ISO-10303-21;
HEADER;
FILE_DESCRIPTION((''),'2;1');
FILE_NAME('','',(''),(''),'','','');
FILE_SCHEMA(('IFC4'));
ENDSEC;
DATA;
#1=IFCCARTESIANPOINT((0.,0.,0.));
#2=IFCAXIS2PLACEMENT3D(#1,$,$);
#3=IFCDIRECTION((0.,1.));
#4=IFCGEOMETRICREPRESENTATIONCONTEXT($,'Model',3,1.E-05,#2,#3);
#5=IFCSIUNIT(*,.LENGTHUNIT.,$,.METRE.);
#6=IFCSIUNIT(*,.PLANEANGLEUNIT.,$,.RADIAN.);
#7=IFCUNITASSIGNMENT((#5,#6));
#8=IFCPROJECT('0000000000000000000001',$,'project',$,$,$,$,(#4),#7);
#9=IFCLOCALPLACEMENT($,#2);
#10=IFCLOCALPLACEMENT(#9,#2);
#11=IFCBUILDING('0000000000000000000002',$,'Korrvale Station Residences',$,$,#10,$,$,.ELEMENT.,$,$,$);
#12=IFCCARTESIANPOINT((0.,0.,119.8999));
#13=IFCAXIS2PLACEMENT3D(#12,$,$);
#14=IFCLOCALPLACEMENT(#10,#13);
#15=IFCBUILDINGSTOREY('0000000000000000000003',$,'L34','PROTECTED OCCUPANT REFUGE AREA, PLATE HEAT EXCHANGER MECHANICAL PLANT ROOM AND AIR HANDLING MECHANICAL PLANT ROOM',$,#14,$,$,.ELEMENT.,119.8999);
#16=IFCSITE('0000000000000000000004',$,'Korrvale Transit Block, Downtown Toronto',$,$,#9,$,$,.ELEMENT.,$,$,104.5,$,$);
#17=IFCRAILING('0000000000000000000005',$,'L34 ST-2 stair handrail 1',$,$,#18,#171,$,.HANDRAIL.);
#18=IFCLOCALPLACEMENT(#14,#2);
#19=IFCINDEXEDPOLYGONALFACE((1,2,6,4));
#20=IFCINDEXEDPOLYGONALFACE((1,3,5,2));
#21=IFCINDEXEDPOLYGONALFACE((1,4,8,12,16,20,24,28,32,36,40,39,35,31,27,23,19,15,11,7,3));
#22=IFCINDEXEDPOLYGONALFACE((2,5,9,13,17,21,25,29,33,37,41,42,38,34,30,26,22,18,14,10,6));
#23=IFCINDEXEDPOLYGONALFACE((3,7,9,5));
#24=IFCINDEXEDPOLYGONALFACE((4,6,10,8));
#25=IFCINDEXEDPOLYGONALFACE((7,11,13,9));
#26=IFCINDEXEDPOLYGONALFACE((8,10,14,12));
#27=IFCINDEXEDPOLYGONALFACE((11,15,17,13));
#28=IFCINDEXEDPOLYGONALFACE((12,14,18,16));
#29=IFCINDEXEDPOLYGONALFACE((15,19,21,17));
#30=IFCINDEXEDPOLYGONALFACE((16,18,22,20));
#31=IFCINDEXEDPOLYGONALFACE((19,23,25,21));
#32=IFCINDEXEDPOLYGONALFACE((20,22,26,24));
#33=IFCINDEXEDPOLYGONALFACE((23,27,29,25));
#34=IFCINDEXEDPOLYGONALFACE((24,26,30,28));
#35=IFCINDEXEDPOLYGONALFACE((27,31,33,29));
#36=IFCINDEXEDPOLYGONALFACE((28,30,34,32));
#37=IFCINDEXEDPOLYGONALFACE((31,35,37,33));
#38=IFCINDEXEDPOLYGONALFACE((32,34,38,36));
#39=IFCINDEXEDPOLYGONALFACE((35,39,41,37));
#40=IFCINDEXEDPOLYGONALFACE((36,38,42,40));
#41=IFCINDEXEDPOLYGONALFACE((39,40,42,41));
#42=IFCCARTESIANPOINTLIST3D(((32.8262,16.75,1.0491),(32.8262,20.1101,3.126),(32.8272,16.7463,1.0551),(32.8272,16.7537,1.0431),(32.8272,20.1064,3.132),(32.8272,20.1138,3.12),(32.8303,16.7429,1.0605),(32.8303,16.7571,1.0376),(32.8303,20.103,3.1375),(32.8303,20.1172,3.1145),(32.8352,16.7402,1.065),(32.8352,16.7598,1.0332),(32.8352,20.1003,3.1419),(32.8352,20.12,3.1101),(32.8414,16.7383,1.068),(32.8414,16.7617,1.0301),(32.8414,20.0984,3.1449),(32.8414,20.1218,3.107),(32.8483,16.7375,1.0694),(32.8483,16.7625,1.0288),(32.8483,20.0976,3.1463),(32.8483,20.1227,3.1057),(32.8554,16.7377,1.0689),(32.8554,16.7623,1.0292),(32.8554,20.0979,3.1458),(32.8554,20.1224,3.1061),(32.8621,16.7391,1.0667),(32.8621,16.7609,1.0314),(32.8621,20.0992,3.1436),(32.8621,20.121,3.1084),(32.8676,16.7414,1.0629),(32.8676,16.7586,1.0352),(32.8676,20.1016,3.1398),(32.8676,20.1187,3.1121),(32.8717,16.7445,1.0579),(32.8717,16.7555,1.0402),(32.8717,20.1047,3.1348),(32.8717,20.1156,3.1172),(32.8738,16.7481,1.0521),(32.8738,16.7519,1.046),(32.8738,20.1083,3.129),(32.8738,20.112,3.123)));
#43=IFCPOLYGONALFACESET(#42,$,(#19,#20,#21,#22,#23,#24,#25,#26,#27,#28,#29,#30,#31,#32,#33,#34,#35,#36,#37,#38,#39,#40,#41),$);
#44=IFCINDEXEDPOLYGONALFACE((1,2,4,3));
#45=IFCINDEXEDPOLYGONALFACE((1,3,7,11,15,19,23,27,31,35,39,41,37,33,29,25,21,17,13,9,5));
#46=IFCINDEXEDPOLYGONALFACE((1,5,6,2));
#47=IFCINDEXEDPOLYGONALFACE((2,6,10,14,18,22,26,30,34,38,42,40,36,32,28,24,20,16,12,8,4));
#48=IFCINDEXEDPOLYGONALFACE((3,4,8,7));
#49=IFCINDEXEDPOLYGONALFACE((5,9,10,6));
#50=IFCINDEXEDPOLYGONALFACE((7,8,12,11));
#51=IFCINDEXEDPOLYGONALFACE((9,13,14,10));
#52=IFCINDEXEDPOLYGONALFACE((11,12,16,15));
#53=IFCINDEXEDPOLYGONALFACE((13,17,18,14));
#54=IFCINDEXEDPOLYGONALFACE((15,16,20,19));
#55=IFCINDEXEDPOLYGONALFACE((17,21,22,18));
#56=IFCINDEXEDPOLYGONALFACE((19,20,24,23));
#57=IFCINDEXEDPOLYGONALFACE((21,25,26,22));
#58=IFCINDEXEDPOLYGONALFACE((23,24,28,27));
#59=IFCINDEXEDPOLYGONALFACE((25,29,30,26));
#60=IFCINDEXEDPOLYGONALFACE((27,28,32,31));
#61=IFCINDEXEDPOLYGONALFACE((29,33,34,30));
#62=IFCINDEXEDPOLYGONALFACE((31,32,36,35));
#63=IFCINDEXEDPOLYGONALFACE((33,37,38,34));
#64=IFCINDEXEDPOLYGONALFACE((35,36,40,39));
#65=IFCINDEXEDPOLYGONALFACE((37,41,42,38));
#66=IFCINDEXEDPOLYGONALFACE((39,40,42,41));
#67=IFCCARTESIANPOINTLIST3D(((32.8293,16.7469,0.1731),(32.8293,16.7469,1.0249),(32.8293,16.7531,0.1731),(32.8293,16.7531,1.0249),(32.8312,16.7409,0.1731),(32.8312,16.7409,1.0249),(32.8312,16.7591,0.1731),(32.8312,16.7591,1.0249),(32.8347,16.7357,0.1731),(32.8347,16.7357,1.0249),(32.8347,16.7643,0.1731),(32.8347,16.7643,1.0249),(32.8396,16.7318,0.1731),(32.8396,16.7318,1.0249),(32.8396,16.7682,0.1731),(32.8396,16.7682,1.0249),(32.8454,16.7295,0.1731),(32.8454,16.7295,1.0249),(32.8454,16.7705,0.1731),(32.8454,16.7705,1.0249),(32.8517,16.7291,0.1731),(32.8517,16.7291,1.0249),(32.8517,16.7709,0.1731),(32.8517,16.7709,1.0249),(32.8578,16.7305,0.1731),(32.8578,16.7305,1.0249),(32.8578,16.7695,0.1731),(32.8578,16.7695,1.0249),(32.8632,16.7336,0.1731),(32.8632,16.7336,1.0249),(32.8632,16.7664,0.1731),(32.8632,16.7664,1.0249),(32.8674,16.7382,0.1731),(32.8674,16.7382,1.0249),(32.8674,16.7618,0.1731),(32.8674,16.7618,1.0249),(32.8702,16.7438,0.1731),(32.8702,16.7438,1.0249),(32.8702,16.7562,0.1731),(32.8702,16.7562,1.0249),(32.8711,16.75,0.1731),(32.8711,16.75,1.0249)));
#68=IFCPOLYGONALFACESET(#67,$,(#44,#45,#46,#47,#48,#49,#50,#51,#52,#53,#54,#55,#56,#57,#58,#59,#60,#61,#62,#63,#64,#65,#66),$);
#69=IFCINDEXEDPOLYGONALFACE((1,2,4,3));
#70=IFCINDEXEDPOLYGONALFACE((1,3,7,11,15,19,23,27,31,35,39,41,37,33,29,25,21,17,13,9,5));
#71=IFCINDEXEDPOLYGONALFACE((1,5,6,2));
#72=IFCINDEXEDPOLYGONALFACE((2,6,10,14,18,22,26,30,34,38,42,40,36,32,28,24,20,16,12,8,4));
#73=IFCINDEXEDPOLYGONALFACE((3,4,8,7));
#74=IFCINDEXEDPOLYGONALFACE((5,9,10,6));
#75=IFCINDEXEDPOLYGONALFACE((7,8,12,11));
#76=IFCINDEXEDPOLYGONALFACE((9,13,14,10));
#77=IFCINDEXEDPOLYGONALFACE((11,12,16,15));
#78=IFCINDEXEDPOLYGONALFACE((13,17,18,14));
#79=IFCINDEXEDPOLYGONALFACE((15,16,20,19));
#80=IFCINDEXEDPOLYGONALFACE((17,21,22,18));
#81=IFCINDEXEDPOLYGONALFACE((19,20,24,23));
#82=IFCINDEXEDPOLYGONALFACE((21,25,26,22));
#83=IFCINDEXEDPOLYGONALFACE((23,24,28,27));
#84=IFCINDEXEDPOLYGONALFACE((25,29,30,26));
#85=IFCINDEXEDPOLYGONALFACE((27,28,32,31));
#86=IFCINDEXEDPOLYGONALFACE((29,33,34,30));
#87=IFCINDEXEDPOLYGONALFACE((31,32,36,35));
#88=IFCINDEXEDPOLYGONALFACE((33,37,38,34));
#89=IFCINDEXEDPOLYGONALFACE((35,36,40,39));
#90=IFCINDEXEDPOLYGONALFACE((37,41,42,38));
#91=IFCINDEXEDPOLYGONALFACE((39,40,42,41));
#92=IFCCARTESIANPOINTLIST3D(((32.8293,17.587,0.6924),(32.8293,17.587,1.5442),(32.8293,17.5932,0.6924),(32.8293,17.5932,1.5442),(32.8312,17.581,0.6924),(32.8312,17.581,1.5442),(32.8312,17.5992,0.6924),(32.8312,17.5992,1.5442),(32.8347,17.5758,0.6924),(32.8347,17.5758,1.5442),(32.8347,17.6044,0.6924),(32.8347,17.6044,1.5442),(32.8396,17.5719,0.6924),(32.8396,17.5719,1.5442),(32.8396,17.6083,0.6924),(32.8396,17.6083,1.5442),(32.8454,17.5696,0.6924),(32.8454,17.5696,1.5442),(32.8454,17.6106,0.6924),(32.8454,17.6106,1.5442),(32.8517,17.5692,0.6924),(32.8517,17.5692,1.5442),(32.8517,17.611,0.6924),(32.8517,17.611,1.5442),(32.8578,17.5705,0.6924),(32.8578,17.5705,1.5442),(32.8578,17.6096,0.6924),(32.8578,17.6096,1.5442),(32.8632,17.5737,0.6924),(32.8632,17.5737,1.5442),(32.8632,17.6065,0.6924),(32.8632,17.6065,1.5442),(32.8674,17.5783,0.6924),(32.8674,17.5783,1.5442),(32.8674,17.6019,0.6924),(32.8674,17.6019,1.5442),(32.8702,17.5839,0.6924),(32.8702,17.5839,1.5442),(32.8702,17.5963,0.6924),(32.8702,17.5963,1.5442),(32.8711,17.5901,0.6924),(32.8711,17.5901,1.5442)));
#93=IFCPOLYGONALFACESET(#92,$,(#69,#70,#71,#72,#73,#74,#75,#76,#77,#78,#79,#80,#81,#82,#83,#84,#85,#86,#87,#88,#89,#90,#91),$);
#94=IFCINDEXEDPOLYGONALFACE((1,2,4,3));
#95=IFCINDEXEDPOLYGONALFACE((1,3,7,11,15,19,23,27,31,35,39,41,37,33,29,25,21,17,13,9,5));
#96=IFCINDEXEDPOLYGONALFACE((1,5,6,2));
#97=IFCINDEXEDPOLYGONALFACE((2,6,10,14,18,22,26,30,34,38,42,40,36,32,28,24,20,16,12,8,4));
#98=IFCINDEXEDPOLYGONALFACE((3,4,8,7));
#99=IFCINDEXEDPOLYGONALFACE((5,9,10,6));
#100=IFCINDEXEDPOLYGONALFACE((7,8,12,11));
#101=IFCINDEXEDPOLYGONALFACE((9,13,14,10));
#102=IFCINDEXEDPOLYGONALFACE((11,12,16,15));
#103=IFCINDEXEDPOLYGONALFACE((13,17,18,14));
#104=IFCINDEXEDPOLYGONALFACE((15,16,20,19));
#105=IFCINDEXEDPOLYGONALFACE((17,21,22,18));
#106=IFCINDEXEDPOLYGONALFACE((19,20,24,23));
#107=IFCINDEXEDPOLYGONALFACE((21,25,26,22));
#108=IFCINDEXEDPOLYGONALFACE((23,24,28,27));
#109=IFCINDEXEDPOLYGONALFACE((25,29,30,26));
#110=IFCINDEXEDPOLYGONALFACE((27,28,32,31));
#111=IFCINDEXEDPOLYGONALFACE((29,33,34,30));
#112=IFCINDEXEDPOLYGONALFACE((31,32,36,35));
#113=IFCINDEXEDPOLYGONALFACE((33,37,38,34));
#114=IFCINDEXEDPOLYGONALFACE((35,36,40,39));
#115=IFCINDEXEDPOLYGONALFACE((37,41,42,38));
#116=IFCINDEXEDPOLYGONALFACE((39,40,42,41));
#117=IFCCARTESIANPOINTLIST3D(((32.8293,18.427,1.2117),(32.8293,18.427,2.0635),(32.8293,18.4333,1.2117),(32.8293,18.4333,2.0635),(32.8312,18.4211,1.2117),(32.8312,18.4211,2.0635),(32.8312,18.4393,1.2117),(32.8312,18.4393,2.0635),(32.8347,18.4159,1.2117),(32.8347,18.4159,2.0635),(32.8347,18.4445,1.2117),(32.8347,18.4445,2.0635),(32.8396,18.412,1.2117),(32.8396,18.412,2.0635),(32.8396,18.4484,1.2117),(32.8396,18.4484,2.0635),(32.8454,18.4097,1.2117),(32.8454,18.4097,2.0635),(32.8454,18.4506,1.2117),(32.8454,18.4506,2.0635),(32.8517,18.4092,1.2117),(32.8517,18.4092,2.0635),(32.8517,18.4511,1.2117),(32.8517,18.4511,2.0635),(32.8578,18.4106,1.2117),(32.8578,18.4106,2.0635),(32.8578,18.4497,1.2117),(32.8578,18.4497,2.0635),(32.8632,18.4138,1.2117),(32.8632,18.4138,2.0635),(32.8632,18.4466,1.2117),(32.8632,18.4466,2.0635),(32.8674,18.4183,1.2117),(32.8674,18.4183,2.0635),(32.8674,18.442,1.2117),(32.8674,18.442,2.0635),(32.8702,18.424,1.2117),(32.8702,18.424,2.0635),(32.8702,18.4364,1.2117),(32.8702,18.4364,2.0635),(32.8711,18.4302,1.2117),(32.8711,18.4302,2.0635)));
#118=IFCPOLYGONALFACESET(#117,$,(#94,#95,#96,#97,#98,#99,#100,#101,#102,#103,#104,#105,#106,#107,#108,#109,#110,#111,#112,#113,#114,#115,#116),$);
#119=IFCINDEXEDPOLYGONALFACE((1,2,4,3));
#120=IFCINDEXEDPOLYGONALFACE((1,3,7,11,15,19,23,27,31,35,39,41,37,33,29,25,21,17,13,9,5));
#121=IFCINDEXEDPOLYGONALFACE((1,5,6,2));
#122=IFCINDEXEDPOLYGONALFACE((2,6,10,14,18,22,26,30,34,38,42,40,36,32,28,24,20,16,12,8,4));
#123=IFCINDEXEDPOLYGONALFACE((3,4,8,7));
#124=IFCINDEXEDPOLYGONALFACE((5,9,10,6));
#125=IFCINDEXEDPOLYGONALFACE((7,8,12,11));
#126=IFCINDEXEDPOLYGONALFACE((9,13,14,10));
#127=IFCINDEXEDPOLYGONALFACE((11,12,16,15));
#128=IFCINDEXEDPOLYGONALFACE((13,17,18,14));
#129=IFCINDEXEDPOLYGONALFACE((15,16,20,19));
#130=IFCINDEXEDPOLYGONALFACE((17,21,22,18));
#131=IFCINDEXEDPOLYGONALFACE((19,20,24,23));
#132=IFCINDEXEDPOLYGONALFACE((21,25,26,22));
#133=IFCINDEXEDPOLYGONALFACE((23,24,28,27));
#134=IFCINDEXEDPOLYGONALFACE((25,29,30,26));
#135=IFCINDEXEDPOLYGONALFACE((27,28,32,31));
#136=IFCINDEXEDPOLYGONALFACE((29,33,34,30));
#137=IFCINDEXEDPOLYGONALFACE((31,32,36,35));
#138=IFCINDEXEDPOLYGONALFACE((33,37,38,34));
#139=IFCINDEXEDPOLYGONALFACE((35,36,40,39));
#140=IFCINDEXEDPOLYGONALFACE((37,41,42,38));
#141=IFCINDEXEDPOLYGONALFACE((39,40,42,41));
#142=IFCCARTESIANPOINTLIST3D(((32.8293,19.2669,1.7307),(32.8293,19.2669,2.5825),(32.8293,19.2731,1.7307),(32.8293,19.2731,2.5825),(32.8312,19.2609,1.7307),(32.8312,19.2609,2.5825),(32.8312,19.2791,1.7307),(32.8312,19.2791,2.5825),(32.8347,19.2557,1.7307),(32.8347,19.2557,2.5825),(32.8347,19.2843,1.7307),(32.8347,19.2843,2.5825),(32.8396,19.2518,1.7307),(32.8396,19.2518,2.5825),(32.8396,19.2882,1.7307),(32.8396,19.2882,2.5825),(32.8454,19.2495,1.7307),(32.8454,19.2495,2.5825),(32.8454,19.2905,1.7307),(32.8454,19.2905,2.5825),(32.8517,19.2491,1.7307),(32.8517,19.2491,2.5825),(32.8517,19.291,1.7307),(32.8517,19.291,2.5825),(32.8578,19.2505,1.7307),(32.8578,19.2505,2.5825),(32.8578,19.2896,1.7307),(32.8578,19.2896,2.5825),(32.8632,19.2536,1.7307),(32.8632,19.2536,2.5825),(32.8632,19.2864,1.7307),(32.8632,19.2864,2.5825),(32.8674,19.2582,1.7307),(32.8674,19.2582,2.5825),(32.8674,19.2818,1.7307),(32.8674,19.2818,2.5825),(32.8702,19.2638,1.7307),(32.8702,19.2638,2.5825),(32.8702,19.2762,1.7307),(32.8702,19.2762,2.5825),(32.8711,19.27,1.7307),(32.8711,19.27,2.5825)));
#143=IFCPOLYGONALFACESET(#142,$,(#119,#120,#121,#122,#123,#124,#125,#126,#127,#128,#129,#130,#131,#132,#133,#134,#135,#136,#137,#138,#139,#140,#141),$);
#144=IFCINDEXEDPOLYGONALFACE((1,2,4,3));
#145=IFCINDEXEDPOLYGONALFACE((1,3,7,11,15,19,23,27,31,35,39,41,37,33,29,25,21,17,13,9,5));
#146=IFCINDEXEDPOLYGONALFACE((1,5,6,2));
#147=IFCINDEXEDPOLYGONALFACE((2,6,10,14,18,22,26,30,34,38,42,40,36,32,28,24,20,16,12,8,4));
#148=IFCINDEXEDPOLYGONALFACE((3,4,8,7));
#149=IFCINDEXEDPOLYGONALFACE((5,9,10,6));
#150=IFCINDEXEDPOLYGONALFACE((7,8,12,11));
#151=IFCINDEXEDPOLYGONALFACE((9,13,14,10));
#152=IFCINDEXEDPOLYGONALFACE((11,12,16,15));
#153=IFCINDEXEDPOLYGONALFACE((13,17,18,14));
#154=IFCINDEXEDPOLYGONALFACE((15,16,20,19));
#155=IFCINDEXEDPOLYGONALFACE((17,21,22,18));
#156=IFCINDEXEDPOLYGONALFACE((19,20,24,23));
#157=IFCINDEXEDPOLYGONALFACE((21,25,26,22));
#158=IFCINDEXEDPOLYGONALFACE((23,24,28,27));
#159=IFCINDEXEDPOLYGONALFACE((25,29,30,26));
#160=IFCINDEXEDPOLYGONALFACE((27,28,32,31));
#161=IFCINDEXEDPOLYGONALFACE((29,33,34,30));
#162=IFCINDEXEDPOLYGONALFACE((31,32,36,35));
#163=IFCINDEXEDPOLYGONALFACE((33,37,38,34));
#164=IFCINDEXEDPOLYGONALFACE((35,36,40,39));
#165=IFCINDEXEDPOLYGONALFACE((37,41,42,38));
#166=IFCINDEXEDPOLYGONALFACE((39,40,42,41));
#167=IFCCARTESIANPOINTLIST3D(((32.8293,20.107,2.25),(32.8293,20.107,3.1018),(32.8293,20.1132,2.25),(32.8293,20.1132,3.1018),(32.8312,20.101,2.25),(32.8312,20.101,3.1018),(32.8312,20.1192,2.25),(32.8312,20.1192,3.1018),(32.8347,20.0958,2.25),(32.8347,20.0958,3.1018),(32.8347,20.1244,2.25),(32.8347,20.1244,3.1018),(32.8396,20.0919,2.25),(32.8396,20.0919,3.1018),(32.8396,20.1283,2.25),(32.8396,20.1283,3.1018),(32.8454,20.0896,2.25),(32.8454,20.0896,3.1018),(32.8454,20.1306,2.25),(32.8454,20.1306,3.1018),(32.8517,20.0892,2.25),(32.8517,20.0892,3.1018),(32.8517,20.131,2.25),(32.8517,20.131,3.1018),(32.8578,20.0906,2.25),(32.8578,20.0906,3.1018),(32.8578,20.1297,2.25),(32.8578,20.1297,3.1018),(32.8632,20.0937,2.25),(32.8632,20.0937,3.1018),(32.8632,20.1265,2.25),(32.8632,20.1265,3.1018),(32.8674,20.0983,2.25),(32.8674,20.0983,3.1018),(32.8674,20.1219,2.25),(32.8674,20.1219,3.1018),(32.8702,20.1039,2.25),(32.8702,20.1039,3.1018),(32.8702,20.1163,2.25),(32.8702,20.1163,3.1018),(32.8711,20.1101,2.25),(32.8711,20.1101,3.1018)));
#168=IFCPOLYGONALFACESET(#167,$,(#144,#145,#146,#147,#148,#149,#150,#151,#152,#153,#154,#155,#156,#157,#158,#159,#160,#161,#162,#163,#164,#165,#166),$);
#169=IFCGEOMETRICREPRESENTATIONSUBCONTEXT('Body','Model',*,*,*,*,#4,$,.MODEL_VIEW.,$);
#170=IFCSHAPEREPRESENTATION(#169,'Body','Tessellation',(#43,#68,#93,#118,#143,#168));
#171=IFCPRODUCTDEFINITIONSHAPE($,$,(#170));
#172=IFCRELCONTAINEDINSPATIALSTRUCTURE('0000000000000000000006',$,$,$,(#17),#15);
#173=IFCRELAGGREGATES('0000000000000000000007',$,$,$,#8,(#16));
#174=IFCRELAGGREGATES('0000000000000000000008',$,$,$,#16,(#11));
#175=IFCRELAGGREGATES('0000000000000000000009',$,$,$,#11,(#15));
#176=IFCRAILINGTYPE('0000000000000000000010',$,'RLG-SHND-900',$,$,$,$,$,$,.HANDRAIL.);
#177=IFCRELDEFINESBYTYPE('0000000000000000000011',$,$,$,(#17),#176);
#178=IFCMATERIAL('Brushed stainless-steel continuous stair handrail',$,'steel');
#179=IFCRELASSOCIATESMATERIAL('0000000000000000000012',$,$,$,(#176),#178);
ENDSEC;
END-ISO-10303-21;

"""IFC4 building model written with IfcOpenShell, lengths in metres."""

from ifc_helpers import new_model, si_unit, direction, frame, origin, origin_2d, place, context, subcontext, project, spatial, circle, extrude, material, type_object, element, save


model = new_model("IFC4")

# Units and contexts
model_context = context("Model", 3, precision=1e-05, world=origin(), true_north=direction((0.0, 1.0)))
body_context = subcontext(model_context, "Body", "Model", "MODEL_VIEW")
ifc_project = project(units=[si_unit("LENGTHUNIT", "METRE"), si_unit("PLANEANGLEUNIT", "RADIAN")], contexts=[model_context])

# Site, building, storey
site_placement = place(None, origin())
site = spatial("IfcSite", under=ifc_project, at=site_placement, Name="Korrvale Transit Block, Downtown Toronto", CompositionType="ELEMENT", RefElevation=104.5)
building_placement = place(site_placement, origin())
building = spatial("IfcBuilding", under=site, at=building_placement, Name="Korrvale Station Residences", CompositionType="ELEMENT")
storey_placement = place(building_placement, frame((0.0, 0.0, 119.8999)))
storey = spatial("IfcBuildingStorey", under=building, at=storey_placement, Name="L34", Description="PROTECTED OCCUPANT REFUGE AREA, PLATE HEAT EXCHANGER MECHANICAL PLANT ROOM AND AIR HANDLING MECHANICAL PLANT ROOM", CompositionType="ELEMENT", Elevation=119.8999)

# Railing
ifc_material_1 = material(Name="Brushed stainless-steel continuous stair handrail", Category="steel")
railing_type_1 = type_object("IfcRailingType", Name="RLG-SHND-900", PredefinedType="HANDRAIL", material=ifc_material_1)
railing_1_placement = place(storey_placement, frame((32.8501, 16.75, 0.1731)))
element("IfcRailing", 1, at=railing_1_placement, inside=storey, type_object=railing_type_1, Name="L34 ST-2 stair handrail 1", PredefinedType="HANDRAIL", context=body_context, shape_type="SweptSolid", body=[
    extrude(circle(Radius=0.0239, at=origin_2d()), frame((0.0, 0.0, 0.876), z_axis=(0.0, 0.850623, 0.525776), x_axis=(-1.0, 0.0, 0.0)), (0.0, 0.0, 1.0), 3.9502),
    extrude(circle(Radius=0.021, at=origin_2d()), origin(), (0.0, 0.0, 1.0), 0.8518),
    extrude(circle(Radius=0.021, at=origin_2d()), frame((0.0, 0.8401, 0.5193)), (0.0, 0.0, 1.0), 0.8518),
    extrude(circle(Radius=0.021, at=origin_2d()), frame((0.0, 1.6802, 1.0386)), (0.0, 0.0, 1.0), 0.8518),
    extrude(circle(Radius=0.021, at=origin_2d()), frame((0.0, 2.52, 1.5576)), (0.0, 0.0, 1.0), 0.8518),
    extrude(circle(Radius=0.021, at=origin_2d()), frame((0.0, 3.3601, 2.0769)), (0.0, 0.0, 1.0), 0.8518),
])

save(model, "model.ifc")
